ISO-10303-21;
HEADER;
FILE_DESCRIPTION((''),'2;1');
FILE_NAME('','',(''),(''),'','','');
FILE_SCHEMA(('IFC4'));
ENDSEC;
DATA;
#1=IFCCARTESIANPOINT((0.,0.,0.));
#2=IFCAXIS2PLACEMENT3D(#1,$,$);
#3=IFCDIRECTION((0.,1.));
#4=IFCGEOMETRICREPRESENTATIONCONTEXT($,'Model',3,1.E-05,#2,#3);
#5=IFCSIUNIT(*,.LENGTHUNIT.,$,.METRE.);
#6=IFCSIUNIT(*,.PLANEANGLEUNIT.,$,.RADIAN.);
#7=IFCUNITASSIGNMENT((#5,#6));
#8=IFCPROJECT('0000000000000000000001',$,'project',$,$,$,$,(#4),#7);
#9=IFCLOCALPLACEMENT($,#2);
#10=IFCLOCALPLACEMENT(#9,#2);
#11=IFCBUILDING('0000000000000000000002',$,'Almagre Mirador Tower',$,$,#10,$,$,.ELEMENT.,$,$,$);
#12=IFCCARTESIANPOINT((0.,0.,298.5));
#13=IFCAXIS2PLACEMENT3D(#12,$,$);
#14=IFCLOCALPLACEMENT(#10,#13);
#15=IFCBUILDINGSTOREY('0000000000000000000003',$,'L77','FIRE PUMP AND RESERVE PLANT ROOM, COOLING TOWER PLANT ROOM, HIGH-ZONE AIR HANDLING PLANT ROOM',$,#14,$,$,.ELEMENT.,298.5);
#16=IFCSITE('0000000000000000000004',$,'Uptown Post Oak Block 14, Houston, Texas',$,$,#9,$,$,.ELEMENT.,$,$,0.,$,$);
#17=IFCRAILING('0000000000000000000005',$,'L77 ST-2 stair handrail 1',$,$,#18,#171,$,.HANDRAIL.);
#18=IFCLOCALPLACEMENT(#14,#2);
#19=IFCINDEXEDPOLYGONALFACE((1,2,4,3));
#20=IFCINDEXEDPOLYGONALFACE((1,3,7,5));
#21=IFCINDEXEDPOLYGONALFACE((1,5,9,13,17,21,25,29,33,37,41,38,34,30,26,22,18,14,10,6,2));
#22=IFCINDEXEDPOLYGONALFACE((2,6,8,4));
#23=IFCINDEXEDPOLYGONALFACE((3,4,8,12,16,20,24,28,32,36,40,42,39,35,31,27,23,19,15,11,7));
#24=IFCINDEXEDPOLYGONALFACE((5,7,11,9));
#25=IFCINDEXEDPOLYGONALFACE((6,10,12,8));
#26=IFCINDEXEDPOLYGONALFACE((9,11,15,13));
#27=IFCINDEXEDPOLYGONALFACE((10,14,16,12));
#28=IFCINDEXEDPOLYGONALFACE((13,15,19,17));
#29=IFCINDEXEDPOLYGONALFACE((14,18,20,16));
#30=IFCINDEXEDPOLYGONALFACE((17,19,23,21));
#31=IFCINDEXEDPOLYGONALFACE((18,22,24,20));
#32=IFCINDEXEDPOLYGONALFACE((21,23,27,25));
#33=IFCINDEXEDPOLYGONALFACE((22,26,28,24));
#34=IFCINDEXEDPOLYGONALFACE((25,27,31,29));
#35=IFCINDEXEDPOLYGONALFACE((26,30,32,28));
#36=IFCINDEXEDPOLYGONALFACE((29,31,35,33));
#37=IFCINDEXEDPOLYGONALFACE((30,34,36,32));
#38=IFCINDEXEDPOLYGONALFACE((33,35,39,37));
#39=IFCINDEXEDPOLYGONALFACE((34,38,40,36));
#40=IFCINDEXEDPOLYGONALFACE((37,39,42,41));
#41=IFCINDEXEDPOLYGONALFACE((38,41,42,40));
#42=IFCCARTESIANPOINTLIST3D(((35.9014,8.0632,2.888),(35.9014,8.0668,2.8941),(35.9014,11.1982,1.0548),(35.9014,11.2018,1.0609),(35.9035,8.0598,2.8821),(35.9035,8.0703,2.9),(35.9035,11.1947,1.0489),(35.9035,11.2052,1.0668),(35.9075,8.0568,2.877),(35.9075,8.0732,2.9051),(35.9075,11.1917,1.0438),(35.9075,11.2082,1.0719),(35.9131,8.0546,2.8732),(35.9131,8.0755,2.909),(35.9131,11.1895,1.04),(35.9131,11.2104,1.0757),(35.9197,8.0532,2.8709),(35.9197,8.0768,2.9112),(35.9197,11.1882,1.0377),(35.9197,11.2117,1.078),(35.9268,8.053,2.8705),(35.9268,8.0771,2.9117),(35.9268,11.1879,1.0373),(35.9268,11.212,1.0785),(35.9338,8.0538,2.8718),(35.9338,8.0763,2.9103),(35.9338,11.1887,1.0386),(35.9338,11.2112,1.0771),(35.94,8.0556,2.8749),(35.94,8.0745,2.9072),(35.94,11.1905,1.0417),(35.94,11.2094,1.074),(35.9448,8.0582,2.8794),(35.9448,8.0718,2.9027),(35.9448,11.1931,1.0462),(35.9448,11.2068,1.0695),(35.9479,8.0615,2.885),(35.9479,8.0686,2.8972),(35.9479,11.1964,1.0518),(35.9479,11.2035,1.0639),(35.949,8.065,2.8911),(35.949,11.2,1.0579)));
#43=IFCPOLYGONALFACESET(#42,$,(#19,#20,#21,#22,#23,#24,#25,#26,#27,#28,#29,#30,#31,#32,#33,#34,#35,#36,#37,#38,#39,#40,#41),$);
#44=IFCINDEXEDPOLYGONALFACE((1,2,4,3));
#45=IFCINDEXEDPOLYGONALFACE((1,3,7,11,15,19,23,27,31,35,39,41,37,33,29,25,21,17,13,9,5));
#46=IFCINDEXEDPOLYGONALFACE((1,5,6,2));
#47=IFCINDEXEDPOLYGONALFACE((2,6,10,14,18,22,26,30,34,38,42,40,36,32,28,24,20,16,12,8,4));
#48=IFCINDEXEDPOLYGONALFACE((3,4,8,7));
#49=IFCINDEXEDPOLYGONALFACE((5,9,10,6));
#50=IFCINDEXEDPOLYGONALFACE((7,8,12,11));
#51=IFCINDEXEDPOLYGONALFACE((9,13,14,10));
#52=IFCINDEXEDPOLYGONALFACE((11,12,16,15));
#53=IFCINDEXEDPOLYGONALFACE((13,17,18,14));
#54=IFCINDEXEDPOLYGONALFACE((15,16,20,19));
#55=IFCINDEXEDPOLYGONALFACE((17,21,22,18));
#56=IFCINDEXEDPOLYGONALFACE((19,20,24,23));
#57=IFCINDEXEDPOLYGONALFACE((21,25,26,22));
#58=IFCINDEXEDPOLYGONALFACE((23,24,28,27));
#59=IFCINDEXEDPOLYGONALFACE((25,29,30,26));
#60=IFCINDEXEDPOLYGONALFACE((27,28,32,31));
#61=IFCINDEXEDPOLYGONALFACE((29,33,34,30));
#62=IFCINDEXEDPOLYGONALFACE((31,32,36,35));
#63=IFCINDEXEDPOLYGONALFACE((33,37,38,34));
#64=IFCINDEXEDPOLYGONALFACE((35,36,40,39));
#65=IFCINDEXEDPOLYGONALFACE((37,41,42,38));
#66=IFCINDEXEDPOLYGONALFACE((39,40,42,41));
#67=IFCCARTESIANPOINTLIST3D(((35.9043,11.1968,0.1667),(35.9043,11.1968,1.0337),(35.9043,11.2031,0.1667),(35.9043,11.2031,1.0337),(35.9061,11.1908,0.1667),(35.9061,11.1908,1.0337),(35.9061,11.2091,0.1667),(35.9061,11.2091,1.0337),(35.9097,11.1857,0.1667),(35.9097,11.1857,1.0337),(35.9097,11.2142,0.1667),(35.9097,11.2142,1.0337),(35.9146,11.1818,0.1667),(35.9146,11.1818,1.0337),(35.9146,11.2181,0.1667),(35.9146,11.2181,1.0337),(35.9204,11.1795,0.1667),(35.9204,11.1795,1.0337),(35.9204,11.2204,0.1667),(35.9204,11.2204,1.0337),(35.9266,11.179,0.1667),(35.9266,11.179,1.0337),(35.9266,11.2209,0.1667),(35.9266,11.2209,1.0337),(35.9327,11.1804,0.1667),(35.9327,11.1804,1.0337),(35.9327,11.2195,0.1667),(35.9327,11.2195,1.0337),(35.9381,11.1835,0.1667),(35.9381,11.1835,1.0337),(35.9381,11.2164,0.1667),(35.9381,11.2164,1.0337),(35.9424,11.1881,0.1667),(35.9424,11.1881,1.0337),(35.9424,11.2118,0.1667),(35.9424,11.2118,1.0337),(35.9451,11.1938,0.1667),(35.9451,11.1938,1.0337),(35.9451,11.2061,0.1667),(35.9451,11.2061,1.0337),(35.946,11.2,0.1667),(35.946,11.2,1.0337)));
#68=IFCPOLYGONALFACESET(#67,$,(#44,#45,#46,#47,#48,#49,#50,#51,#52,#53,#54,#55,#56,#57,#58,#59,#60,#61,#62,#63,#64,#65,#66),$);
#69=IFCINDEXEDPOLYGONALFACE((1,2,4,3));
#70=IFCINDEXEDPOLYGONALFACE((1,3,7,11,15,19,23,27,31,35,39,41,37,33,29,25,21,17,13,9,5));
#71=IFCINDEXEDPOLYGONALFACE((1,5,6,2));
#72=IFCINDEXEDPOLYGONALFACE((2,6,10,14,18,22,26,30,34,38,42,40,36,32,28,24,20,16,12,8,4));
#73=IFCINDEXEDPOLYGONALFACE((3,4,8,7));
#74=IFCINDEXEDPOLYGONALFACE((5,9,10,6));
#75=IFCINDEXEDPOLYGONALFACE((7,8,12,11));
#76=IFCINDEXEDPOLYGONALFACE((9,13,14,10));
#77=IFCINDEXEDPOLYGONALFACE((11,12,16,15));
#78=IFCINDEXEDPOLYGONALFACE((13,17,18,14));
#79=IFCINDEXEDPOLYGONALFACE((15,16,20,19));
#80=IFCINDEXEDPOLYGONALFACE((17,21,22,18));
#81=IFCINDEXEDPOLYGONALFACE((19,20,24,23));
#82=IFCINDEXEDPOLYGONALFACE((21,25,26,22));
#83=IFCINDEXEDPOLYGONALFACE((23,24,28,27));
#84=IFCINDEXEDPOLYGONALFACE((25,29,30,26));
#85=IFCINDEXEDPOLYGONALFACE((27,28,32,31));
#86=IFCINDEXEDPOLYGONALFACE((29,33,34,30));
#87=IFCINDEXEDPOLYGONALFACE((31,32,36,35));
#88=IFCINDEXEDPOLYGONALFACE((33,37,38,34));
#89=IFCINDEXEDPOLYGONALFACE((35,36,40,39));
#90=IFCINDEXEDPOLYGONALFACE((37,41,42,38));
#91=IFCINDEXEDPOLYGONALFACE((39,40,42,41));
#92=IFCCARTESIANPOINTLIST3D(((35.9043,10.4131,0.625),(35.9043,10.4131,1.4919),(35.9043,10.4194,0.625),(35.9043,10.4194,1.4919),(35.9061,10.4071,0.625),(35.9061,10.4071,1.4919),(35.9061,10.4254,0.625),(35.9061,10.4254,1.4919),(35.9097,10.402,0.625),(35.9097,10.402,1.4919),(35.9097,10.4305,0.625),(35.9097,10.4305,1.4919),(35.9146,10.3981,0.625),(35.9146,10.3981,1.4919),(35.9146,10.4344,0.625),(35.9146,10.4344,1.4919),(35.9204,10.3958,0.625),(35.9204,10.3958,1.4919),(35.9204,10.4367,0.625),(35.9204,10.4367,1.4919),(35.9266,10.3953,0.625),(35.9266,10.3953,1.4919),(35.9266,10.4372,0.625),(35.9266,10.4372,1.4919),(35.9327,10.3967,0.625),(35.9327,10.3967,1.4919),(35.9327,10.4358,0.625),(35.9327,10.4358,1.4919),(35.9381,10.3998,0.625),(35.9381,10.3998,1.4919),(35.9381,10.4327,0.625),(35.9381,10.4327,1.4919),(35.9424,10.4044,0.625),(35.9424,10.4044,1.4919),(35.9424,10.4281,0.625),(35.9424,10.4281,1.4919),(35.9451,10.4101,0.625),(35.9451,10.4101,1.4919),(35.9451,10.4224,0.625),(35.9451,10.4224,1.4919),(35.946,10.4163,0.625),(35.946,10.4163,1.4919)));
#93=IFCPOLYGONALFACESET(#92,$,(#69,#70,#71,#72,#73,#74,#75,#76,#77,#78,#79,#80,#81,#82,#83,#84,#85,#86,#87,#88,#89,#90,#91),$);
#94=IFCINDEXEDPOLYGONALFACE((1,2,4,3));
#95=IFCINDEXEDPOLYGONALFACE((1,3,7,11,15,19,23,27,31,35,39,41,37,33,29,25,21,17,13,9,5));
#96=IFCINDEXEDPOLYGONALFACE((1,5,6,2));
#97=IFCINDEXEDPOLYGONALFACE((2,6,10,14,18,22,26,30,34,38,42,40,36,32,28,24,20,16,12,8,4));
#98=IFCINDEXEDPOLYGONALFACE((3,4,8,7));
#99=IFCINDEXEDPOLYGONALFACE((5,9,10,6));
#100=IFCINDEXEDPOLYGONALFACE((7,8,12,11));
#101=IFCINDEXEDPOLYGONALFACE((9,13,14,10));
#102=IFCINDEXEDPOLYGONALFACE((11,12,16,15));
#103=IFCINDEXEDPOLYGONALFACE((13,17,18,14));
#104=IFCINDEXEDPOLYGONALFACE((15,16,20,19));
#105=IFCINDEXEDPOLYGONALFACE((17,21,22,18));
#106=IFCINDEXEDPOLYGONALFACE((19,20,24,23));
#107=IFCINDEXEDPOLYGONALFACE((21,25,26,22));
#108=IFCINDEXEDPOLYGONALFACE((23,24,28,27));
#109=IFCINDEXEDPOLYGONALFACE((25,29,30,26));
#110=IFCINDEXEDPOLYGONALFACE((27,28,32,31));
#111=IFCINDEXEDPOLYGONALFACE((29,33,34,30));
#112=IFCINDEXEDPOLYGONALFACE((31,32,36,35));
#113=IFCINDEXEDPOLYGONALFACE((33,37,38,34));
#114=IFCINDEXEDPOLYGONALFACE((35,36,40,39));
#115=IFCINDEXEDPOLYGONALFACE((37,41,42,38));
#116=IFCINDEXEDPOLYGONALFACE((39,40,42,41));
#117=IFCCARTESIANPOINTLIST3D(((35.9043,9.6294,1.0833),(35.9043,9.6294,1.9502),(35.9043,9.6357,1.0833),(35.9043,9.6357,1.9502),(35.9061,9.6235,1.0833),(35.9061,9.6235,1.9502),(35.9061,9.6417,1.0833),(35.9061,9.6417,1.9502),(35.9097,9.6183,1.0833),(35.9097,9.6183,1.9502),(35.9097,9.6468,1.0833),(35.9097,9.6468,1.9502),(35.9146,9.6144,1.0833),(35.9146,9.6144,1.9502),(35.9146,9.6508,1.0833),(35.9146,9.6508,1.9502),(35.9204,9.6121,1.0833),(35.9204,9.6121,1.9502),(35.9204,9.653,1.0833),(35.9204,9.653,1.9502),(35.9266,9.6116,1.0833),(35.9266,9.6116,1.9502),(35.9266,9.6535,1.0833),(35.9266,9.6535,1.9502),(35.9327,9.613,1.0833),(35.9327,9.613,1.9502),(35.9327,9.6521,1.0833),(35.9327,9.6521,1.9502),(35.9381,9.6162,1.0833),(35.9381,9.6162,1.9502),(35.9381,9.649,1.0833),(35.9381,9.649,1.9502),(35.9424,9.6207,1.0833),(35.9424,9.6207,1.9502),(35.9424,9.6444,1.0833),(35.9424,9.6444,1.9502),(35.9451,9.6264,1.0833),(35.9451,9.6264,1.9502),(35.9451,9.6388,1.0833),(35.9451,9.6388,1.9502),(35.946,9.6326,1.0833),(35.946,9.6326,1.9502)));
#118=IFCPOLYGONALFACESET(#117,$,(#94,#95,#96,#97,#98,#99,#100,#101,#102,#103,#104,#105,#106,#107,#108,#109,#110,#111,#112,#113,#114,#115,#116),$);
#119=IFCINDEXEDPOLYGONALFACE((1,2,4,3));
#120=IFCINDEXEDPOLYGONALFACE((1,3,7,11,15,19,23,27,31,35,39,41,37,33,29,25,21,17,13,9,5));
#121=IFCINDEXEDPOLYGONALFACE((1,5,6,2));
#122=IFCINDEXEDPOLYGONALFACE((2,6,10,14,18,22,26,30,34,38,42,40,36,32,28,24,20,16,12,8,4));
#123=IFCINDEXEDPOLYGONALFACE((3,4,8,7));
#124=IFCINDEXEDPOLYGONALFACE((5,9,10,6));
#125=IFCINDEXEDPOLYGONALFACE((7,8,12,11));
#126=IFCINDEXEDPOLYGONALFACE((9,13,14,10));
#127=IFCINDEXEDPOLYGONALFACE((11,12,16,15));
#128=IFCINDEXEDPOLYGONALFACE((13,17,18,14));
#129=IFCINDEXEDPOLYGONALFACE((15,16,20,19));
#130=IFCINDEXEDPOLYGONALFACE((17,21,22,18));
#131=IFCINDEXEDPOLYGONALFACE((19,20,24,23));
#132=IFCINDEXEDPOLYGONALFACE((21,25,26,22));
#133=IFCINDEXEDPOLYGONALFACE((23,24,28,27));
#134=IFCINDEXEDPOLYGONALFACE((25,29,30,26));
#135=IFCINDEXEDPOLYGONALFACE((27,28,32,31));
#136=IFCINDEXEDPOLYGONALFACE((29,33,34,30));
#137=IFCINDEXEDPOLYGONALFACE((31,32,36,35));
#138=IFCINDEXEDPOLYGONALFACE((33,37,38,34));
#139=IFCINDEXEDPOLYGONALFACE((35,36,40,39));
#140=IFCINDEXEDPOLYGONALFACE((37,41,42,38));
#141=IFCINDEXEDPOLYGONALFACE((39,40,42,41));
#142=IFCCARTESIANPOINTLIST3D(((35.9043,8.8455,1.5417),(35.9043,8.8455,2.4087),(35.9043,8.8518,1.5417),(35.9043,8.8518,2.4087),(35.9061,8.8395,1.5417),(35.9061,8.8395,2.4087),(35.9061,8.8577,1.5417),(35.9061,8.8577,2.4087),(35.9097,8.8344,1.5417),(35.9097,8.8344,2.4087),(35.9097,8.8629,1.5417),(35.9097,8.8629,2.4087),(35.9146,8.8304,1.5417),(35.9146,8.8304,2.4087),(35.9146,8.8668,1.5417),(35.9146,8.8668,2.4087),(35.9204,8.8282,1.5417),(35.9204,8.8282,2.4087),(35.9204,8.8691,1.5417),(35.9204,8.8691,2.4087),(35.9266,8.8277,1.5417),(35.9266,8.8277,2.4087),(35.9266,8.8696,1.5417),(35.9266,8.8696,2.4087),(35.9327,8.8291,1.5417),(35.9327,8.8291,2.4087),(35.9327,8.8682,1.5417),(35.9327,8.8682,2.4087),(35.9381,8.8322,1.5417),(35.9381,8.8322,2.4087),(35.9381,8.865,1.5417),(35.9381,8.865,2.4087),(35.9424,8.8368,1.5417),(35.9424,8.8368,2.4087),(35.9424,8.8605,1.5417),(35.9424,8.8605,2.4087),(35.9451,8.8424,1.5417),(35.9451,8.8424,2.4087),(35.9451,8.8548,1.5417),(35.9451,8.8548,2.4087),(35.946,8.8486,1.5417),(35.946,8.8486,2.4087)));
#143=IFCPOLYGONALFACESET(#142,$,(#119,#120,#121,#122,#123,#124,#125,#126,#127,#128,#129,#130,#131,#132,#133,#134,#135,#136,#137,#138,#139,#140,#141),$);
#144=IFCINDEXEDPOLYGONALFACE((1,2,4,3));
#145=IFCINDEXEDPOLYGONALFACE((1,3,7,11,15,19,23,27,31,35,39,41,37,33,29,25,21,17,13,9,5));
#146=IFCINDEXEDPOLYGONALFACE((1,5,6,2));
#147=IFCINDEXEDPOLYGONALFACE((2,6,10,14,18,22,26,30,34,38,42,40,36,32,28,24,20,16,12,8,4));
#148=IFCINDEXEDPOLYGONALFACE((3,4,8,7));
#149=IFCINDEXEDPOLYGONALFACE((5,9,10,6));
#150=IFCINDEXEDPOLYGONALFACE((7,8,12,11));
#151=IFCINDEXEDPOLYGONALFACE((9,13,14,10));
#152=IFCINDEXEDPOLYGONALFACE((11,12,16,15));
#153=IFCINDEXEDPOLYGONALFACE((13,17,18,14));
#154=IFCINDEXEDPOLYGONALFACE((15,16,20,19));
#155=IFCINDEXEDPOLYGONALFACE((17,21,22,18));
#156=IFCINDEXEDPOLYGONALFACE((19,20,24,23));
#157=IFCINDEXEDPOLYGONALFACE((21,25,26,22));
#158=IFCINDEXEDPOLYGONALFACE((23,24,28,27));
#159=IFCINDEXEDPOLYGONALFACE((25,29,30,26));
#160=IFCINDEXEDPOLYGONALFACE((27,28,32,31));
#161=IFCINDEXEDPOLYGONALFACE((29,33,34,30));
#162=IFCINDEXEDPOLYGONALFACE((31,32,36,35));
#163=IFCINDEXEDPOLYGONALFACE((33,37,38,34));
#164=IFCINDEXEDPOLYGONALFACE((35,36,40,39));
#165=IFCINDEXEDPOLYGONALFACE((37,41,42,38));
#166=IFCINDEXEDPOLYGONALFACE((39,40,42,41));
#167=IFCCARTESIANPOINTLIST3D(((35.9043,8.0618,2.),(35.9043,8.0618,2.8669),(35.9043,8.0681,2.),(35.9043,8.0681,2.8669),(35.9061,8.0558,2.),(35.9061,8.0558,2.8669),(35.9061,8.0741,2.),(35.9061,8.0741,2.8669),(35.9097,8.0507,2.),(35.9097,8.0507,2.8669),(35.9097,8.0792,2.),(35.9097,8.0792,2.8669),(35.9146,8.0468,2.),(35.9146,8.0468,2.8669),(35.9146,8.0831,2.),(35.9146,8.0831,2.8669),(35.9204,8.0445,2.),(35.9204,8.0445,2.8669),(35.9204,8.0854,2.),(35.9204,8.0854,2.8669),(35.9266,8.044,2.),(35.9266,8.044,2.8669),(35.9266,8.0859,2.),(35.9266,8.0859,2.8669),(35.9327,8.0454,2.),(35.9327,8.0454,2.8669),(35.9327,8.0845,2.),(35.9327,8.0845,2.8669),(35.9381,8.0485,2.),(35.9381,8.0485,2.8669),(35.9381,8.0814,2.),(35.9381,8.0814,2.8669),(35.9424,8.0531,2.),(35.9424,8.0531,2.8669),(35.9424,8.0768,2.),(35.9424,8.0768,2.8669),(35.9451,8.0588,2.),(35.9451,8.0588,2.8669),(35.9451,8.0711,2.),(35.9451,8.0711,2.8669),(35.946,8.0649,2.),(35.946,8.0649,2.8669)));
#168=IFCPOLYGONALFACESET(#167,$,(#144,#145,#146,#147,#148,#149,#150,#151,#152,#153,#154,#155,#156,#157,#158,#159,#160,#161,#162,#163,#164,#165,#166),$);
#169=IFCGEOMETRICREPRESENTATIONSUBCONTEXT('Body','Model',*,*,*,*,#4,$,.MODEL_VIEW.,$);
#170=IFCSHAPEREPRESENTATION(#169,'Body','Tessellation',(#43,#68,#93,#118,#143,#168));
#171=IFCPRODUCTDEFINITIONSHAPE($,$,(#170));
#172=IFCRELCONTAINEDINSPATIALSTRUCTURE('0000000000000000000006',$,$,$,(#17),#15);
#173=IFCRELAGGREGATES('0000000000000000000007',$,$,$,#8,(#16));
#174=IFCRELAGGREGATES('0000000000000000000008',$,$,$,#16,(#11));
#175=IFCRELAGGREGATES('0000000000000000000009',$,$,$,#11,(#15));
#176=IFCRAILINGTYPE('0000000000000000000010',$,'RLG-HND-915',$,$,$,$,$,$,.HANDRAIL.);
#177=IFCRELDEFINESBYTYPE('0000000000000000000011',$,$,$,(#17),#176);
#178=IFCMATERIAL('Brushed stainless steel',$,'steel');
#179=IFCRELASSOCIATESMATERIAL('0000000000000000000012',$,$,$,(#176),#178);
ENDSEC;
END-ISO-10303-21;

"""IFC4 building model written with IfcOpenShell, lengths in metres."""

from ifc_helpers import new_model, si_unit, direction, frame, origin, origin_2d, place, context, subcontext, project, spatial, circle, extrude, material, type_object, element, save


model = new_model("IFC4")

# Units and contexts
model_context = context("Model", 3, precision=1e-05, world=origin(), true_north=direction((0.0, 1.0)))
body_context = subcontext(model_context, "Body", "Model", "MODEL_VIEW")
ifc_project = project(units=[si_unit("LENGTHUNIT", "METRE"), si_unit("PLANEANGLEUNIT", "RADIAN")], contexts=[model_context])

# Site, building, storey
site_placement = place(None, origin())
site = spatial("IfcSite", under=ifc_project, at=site_placement, Name="Uptown Post Oak Block 14, Houston, Texas", CompositionType="ELEMENT", RefElevation=0.0)
building_placement = place(site_placement, origin())
building = spatial("IfcBuilding", under=site, at=building_placement, Name="Almagre Mirador Tower", CompositionType="ELEMENT")
storey_placement = place(building_placement, frame((0.0, 0.0, 298.5)))
storey = spatial("IfcBuildingStorey", under=building, at=storey_placement, Name="L77", Description="FIRE PUMP AND RESERVE PLANT ROOM, COOLING TOWER PLANT ROOM, HIGH-ZONE AIR HANDLING PLANT ROOM", CompositionType="ELEMENT", Elevation=298.5)

# Railing
ifc_material_1 = material(Name="Brushed stainless steel", Category="steel")
railing_type_1 = type_object("IfcRailingType", Name="RLG-HND-915", PredefinedType="HANDRAIL", material=ifc_material_1)
railing_1_placement = place(storey_placement, frame((35.925, 11.2, 0.1667)))
element("IfcRailing", 1, at=railing_1_placement, inside=storey, type_object=railing_type_1, Name="L77 ST-2 stair handrail 1", PredefinedType="HANDRAIL", context=body_context, shape_type="SweptSolid", body=[
    extrude(circle(Radius=0.0239, at=origin_2d()), frame((0.0, 0.0, 0.8911), z_axis=(0.0, -0.86324, 0.504794), x_axis=(1.0, 0.0, 0.0)), (0.0, 0.0, 1.0), 3.6316),
    extrude(circle(Radius=0.021, at=origin_2d()), origin(), (0.0, 0.0, 1.0), 0.8669),
    extrude(circle(Radius=0.021, at=origin_2d()), frame((0.0, -0.7837, 0.4583)), (0.0, 0.0, 1.0), 0.8669),
    extrude(circle(Radius=0.021, at=origin_2d()), frame((0.0, -1.5674, 0.9165)), (0.0, 0.0, 1.0), 0.8669),
    extrude(circle(Radius=0.021, at=origin_2d()), frame((0.0, -2.3513, 1.375)), (0.0, 0.0, 1.0), 0.8669),
    extrude(circle(Radius=0.021, at=origin_2d()), frame((0.0, -3.135, 1.8333)), (0.0, 0.0, 1.0), 0.8669),
])

save(model, "model.ifc")
